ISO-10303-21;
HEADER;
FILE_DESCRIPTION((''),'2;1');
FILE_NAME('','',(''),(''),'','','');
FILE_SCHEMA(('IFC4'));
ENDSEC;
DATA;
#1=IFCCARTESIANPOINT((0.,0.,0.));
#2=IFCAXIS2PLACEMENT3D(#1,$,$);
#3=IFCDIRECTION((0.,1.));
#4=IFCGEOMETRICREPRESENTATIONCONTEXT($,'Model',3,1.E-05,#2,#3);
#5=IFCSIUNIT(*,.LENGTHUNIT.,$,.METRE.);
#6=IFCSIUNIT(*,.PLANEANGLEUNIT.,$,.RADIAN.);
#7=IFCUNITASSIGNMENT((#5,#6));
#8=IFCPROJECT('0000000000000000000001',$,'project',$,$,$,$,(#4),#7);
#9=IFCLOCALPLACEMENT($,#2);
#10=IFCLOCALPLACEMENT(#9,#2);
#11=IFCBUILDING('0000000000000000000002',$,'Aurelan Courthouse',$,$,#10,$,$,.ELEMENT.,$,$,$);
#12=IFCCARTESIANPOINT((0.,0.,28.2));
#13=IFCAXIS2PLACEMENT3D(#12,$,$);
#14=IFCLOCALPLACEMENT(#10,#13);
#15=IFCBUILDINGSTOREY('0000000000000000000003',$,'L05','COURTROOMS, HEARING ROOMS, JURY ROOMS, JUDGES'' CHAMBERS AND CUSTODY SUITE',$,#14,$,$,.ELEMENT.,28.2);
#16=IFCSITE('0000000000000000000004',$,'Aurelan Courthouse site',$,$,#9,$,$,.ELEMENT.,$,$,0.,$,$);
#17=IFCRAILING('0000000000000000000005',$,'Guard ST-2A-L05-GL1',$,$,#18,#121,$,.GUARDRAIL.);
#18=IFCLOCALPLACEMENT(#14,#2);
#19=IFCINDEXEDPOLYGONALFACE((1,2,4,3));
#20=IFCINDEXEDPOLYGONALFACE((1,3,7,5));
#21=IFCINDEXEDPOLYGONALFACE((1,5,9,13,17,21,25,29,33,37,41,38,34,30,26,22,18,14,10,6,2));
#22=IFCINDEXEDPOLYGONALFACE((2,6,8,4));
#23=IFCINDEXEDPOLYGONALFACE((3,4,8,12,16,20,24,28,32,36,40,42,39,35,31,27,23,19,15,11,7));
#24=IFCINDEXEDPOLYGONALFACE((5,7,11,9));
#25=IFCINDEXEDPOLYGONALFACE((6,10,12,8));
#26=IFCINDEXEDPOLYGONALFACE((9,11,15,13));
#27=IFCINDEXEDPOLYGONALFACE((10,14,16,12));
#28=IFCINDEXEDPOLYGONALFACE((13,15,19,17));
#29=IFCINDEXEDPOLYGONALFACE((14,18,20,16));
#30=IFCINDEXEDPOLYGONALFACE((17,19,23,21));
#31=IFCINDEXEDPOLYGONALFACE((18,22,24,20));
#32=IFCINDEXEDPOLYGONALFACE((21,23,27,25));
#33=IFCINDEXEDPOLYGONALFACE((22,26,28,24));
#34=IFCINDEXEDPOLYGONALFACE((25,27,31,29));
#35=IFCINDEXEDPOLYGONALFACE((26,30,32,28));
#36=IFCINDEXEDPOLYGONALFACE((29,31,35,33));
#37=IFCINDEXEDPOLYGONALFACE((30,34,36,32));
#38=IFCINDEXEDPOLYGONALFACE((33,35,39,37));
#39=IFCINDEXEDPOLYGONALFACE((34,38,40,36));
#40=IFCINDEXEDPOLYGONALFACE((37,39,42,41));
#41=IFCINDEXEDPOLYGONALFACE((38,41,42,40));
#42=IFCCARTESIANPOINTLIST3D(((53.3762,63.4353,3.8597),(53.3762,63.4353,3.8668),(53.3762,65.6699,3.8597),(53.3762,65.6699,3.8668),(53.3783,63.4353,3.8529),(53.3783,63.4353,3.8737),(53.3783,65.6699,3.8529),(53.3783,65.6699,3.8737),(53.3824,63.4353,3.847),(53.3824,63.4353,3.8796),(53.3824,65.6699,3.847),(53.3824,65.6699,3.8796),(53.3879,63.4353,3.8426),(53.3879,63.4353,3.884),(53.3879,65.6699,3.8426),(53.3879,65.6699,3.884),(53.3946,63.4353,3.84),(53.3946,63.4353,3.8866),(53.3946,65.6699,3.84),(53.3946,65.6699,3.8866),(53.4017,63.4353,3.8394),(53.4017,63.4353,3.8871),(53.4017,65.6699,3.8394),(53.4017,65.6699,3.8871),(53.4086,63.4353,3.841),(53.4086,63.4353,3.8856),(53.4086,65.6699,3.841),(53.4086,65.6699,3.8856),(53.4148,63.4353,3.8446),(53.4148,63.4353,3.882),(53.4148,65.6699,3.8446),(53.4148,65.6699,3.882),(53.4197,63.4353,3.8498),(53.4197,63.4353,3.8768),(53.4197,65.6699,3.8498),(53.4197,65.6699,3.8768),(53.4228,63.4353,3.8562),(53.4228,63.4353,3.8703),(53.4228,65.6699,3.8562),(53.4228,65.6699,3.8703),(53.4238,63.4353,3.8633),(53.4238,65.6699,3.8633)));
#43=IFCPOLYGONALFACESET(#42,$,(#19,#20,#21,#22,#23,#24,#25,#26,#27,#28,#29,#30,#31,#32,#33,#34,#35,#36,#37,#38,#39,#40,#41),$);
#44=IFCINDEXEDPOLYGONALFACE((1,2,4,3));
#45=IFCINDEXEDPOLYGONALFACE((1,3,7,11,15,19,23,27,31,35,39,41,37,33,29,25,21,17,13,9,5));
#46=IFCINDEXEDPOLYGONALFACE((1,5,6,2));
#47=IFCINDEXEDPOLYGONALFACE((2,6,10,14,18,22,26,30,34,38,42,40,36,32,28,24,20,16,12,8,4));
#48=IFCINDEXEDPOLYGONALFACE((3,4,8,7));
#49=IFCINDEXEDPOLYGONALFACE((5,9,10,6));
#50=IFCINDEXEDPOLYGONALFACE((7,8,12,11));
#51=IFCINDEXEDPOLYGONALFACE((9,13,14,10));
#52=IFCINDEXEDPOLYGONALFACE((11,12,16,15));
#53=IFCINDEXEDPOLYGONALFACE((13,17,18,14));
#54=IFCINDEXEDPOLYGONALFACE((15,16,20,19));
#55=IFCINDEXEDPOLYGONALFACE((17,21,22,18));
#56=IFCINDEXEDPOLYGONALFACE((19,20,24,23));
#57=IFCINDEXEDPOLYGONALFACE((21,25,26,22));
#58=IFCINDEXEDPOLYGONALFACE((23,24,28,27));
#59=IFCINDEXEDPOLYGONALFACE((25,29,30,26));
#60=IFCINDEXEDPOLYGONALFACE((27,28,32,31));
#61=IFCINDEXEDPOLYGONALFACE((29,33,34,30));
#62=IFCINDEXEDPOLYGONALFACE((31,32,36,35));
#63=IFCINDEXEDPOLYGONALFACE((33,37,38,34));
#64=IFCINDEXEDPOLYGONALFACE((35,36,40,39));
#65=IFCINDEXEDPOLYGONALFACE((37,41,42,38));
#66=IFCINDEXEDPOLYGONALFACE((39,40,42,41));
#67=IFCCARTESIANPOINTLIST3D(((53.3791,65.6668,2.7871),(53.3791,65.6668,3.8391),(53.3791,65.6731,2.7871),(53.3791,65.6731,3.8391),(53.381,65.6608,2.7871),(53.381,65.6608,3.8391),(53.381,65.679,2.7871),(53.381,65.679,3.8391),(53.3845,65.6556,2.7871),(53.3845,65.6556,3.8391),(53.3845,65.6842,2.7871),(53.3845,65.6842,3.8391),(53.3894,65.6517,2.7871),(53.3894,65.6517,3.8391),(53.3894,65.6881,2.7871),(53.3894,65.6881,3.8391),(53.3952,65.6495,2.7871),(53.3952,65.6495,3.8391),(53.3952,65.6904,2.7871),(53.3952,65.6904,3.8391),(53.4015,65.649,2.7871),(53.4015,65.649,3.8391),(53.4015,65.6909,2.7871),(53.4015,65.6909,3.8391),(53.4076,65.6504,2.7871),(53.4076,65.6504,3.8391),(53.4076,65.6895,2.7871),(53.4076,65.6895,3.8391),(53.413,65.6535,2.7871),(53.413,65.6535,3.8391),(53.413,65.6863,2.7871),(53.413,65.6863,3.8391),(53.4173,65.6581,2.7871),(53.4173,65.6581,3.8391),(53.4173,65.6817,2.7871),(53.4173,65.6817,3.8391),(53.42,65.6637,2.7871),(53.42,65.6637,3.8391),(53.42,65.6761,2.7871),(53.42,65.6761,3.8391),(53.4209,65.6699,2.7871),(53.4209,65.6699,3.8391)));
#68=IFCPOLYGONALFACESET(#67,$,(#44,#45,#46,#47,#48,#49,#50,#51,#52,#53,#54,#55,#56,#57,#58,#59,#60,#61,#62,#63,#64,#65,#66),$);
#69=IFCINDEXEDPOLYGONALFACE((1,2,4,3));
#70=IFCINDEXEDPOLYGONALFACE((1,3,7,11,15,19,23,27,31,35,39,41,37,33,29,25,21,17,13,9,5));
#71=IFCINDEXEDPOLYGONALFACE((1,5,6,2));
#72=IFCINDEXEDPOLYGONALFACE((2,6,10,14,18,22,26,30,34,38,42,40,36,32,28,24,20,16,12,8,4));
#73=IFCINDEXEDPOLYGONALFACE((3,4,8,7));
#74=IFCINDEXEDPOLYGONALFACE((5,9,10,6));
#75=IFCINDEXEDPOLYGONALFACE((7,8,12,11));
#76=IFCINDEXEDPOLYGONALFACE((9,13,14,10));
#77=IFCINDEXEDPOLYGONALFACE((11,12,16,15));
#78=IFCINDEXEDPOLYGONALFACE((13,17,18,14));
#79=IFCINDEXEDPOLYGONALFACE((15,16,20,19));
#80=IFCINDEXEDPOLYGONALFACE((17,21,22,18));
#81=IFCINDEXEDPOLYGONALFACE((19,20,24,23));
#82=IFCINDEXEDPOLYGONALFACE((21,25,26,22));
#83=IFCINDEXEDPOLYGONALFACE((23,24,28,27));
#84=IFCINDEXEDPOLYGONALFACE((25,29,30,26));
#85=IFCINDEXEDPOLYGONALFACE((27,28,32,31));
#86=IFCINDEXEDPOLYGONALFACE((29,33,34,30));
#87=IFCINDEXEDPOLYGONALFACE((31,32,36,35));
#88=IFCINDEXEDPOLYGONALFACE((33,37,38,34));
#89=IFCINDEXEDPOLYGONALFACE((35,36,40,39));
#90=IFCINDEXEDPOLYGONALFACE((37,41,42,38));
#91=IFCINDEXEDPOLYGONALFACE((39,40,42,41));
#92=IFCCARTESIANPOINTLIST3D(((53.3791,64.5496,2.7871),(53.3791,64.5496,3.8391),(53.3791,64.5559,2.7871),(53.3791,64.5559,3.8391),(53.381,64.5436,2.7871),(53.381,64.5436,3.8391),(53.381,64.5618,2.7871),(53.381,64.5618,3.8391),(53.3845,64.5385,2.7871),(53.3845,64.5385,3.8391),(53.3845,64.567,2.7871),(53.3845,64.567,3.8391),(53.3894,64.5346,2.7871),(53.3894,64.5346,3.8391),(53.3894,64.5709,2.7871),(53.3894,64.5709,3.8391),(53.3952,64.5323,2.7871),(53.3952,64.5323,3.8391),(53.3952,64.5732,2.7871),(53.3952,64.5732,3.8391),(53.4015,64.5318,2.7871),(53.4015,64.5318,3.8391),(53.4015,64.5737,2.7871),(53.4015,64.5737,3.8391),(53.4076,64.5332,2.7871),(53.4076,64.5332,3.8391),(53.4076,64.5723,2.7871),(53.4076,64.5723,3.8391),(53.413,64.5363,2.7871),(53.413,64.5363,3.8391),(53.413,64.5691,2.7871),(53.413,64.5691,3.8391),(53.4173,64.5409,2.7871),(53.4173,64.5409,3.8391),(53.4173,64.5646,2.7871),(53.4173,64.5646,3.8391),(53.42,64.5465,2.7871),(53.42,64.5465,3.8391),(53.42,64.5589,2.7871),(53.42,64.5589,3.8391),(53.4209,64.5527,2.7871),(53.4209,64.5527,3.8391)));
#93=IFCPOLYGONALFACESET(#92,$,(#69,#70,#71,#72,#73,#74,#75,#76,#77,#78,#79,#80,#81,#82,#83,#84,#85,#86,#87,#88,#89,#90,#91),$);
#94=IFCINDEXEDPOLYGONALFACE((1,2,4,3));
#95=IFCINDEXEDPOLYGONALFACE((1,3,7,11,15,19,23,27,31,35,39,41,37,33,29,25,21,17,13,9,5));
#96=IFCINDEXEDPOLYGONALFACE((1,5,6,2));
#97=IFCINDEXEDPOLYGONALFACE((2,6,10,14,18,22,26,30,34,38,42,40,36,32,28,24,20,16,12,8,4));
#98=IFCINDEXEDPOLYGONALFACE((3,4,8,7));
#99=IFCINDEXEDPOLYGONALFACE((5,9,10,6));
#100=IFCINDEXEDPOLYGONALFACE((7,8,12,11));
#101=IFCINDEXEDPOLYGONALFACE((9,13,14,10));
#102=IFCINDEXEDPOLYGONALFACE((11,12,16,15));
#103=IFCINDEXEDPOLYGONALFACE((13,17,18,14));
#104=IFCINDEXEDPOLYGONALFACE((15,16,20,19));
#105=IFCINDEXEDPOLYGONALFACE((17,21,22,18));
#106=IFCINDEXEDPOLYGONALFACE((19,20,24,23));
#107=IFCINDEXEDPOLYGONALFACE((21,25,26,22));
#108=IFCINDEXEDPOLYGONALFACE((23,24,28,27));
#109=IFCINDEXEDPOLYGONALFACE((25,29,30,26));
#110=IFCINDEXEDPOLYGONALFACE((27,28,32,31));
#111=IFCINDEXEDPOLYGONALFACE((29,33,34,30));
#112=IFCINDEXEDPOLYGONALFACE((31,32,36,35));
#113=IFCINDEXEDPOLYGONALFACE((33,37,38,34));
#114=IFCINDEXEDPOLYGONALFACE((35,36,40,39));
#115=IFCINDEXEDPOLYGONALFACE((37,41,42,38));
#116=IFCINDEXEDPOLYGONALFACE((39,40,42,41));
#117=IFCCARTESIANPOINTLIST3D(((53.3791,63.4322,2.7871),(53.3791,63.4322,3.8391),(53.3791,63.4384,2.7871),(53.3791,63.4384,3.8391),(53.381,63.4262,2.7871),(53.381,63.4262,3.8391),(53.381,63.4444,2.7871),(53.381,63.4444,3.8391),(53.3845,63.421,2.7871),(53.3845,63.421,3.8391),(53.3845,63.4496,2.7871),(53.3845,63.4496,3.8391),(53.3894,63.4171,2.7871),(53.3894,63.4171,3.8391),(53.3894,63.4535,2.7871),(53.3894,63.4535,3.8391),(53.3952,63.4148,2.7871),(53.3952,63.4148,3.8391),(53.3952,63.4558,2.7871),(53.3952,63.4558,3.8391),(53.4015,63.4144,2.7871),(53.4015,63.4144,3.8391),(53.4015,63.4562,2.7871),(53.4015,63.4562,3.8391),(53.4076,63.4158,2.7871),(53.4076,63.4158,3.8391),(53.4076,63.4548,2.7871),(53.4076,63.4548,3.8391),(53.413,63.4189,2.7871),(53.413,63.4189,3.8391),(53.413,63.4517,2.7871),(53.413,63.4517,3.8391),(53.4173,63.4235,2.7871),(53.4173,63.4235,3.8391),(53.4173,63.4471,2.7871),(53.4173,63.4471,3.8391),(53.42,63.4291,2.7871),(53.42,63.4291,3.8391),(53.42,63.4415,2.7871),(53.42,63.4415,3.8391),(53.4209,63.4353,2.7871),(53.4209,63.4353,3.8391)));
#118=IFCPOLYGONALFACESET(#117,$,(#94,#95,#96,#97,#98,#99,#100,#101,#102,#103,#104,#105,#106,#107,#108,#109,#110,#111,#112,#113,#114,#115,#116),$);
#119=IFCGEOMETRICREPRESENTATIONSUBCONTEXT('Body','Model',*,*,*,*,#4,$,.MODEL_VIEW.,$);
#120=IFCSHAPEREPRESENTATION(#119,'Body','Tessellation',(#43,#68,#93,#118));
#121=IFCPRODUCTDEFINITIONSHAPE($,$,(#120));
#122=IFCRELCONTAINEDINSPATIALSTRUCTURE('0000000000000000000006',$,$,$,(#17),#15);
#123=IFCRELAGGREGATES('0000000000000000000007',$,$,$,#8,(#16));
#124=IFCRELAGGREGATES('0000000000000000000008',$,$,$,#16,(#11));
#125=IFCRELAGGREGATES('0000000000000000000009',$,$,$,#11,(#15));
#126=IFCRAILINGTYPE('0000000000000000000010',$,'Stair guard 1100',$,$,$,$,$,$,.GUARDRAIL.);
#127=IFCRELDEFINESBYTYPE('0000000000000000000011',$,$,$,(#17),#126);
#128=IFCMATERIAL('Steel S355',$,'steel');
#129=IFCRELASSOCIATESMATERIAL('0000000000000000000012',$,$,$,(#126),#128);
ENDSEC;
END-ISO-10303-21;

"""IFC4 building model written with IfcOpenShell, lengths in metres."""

from ifc_helpers import new_model, si_unit, direction, frame, origin, origin_2d, place, context, subcontext, project, spatial, circle, extrude, material, type_object, element, save


model = new_model("IFC4")

# Units and contexts
model_context = context("Model", 3, precision=1e-05, world=origin(), true_north=direction((0.0, 1.0)))
body_context = subcontext(model_context, "Body", "Model", "MODEL_VIEW")
ifc_project = project(units=[si_unit("LENGTHUNIT", "METRE"), si_unit("PLANEANGLEUNIT", "RADIAN")], contexts=[model_context])

# Site, building, storey
site_placement = place(None, origin())
site = spatial("IfcSite", under=ifc_project, at=site_placement, Name="Aurelan Courthouse site", CompositionType="ELEMENT", RefElevation=0.0)
building_placement = place(site_placement, origin())
building = spatial("IfcBuilding", under=site, at=building_placement, Name="Aurelan Courthouse", CompositionType="ELEMENT")
storey_placement = place(building_placement, frame((0.0, 0.0, 28.2)))
storey = spatial("IfcBuildingStorey", under=building, at=storey_placement, Name="L05", Description="COURTROOMS, HEARING ROOMS, JURY ROOMS, JUDGES' CHAMBERS AND CUSTODY SUITE", CompositionType="ELEMENT", Elevation=28.2)

# Railing
ifc_material_1 = material(Name="Steel S355", Category="steel")
railing_type_1 = type_object("IfcRailingType", Name="Stair guard 1100", PredefinedType="GUARDRAIL", material=ifc_material_1)
railing_1_placement = place(storey_placement, frame((53.3999, 65.6699, 2.7871)))
element("IfcRailing", 1, at=railing_1_placement, inside=storey, type_object=railing_type_1, Name="Guard ST-2A-L05-GL1", PredefinedType="GUARDRAIL", context=body_context, shape_type="SweptSolid", body=[
    extrude(circle(Radius=0.0239, at=origin_2d()), frame((0.0, 0.0, 1.0762), z_axis=(0.0, -1.0, 0.0), x_axis=(1.0, 0.0, 0.0)), (0.0, 0.0, 1.0), 2.2346),
    extrude(circle(Radius=0.021, at=origin_2d()), origin(), (0.0, 0.0, 1.0), 1.052),
    extrude(circle(Radius=0.021, at=origin_2d()), frame((0.0, -1.1172, 0.0)), (0.0, 0.0, 1.0), 1.052),
    extrude(circle(Radius=0.021, at=origin_2d()), frame((0.0, -2.2346, 0.0)), (0.0, 0.0, 1.0), 1.052),
])

save(model, "model.ifc")
